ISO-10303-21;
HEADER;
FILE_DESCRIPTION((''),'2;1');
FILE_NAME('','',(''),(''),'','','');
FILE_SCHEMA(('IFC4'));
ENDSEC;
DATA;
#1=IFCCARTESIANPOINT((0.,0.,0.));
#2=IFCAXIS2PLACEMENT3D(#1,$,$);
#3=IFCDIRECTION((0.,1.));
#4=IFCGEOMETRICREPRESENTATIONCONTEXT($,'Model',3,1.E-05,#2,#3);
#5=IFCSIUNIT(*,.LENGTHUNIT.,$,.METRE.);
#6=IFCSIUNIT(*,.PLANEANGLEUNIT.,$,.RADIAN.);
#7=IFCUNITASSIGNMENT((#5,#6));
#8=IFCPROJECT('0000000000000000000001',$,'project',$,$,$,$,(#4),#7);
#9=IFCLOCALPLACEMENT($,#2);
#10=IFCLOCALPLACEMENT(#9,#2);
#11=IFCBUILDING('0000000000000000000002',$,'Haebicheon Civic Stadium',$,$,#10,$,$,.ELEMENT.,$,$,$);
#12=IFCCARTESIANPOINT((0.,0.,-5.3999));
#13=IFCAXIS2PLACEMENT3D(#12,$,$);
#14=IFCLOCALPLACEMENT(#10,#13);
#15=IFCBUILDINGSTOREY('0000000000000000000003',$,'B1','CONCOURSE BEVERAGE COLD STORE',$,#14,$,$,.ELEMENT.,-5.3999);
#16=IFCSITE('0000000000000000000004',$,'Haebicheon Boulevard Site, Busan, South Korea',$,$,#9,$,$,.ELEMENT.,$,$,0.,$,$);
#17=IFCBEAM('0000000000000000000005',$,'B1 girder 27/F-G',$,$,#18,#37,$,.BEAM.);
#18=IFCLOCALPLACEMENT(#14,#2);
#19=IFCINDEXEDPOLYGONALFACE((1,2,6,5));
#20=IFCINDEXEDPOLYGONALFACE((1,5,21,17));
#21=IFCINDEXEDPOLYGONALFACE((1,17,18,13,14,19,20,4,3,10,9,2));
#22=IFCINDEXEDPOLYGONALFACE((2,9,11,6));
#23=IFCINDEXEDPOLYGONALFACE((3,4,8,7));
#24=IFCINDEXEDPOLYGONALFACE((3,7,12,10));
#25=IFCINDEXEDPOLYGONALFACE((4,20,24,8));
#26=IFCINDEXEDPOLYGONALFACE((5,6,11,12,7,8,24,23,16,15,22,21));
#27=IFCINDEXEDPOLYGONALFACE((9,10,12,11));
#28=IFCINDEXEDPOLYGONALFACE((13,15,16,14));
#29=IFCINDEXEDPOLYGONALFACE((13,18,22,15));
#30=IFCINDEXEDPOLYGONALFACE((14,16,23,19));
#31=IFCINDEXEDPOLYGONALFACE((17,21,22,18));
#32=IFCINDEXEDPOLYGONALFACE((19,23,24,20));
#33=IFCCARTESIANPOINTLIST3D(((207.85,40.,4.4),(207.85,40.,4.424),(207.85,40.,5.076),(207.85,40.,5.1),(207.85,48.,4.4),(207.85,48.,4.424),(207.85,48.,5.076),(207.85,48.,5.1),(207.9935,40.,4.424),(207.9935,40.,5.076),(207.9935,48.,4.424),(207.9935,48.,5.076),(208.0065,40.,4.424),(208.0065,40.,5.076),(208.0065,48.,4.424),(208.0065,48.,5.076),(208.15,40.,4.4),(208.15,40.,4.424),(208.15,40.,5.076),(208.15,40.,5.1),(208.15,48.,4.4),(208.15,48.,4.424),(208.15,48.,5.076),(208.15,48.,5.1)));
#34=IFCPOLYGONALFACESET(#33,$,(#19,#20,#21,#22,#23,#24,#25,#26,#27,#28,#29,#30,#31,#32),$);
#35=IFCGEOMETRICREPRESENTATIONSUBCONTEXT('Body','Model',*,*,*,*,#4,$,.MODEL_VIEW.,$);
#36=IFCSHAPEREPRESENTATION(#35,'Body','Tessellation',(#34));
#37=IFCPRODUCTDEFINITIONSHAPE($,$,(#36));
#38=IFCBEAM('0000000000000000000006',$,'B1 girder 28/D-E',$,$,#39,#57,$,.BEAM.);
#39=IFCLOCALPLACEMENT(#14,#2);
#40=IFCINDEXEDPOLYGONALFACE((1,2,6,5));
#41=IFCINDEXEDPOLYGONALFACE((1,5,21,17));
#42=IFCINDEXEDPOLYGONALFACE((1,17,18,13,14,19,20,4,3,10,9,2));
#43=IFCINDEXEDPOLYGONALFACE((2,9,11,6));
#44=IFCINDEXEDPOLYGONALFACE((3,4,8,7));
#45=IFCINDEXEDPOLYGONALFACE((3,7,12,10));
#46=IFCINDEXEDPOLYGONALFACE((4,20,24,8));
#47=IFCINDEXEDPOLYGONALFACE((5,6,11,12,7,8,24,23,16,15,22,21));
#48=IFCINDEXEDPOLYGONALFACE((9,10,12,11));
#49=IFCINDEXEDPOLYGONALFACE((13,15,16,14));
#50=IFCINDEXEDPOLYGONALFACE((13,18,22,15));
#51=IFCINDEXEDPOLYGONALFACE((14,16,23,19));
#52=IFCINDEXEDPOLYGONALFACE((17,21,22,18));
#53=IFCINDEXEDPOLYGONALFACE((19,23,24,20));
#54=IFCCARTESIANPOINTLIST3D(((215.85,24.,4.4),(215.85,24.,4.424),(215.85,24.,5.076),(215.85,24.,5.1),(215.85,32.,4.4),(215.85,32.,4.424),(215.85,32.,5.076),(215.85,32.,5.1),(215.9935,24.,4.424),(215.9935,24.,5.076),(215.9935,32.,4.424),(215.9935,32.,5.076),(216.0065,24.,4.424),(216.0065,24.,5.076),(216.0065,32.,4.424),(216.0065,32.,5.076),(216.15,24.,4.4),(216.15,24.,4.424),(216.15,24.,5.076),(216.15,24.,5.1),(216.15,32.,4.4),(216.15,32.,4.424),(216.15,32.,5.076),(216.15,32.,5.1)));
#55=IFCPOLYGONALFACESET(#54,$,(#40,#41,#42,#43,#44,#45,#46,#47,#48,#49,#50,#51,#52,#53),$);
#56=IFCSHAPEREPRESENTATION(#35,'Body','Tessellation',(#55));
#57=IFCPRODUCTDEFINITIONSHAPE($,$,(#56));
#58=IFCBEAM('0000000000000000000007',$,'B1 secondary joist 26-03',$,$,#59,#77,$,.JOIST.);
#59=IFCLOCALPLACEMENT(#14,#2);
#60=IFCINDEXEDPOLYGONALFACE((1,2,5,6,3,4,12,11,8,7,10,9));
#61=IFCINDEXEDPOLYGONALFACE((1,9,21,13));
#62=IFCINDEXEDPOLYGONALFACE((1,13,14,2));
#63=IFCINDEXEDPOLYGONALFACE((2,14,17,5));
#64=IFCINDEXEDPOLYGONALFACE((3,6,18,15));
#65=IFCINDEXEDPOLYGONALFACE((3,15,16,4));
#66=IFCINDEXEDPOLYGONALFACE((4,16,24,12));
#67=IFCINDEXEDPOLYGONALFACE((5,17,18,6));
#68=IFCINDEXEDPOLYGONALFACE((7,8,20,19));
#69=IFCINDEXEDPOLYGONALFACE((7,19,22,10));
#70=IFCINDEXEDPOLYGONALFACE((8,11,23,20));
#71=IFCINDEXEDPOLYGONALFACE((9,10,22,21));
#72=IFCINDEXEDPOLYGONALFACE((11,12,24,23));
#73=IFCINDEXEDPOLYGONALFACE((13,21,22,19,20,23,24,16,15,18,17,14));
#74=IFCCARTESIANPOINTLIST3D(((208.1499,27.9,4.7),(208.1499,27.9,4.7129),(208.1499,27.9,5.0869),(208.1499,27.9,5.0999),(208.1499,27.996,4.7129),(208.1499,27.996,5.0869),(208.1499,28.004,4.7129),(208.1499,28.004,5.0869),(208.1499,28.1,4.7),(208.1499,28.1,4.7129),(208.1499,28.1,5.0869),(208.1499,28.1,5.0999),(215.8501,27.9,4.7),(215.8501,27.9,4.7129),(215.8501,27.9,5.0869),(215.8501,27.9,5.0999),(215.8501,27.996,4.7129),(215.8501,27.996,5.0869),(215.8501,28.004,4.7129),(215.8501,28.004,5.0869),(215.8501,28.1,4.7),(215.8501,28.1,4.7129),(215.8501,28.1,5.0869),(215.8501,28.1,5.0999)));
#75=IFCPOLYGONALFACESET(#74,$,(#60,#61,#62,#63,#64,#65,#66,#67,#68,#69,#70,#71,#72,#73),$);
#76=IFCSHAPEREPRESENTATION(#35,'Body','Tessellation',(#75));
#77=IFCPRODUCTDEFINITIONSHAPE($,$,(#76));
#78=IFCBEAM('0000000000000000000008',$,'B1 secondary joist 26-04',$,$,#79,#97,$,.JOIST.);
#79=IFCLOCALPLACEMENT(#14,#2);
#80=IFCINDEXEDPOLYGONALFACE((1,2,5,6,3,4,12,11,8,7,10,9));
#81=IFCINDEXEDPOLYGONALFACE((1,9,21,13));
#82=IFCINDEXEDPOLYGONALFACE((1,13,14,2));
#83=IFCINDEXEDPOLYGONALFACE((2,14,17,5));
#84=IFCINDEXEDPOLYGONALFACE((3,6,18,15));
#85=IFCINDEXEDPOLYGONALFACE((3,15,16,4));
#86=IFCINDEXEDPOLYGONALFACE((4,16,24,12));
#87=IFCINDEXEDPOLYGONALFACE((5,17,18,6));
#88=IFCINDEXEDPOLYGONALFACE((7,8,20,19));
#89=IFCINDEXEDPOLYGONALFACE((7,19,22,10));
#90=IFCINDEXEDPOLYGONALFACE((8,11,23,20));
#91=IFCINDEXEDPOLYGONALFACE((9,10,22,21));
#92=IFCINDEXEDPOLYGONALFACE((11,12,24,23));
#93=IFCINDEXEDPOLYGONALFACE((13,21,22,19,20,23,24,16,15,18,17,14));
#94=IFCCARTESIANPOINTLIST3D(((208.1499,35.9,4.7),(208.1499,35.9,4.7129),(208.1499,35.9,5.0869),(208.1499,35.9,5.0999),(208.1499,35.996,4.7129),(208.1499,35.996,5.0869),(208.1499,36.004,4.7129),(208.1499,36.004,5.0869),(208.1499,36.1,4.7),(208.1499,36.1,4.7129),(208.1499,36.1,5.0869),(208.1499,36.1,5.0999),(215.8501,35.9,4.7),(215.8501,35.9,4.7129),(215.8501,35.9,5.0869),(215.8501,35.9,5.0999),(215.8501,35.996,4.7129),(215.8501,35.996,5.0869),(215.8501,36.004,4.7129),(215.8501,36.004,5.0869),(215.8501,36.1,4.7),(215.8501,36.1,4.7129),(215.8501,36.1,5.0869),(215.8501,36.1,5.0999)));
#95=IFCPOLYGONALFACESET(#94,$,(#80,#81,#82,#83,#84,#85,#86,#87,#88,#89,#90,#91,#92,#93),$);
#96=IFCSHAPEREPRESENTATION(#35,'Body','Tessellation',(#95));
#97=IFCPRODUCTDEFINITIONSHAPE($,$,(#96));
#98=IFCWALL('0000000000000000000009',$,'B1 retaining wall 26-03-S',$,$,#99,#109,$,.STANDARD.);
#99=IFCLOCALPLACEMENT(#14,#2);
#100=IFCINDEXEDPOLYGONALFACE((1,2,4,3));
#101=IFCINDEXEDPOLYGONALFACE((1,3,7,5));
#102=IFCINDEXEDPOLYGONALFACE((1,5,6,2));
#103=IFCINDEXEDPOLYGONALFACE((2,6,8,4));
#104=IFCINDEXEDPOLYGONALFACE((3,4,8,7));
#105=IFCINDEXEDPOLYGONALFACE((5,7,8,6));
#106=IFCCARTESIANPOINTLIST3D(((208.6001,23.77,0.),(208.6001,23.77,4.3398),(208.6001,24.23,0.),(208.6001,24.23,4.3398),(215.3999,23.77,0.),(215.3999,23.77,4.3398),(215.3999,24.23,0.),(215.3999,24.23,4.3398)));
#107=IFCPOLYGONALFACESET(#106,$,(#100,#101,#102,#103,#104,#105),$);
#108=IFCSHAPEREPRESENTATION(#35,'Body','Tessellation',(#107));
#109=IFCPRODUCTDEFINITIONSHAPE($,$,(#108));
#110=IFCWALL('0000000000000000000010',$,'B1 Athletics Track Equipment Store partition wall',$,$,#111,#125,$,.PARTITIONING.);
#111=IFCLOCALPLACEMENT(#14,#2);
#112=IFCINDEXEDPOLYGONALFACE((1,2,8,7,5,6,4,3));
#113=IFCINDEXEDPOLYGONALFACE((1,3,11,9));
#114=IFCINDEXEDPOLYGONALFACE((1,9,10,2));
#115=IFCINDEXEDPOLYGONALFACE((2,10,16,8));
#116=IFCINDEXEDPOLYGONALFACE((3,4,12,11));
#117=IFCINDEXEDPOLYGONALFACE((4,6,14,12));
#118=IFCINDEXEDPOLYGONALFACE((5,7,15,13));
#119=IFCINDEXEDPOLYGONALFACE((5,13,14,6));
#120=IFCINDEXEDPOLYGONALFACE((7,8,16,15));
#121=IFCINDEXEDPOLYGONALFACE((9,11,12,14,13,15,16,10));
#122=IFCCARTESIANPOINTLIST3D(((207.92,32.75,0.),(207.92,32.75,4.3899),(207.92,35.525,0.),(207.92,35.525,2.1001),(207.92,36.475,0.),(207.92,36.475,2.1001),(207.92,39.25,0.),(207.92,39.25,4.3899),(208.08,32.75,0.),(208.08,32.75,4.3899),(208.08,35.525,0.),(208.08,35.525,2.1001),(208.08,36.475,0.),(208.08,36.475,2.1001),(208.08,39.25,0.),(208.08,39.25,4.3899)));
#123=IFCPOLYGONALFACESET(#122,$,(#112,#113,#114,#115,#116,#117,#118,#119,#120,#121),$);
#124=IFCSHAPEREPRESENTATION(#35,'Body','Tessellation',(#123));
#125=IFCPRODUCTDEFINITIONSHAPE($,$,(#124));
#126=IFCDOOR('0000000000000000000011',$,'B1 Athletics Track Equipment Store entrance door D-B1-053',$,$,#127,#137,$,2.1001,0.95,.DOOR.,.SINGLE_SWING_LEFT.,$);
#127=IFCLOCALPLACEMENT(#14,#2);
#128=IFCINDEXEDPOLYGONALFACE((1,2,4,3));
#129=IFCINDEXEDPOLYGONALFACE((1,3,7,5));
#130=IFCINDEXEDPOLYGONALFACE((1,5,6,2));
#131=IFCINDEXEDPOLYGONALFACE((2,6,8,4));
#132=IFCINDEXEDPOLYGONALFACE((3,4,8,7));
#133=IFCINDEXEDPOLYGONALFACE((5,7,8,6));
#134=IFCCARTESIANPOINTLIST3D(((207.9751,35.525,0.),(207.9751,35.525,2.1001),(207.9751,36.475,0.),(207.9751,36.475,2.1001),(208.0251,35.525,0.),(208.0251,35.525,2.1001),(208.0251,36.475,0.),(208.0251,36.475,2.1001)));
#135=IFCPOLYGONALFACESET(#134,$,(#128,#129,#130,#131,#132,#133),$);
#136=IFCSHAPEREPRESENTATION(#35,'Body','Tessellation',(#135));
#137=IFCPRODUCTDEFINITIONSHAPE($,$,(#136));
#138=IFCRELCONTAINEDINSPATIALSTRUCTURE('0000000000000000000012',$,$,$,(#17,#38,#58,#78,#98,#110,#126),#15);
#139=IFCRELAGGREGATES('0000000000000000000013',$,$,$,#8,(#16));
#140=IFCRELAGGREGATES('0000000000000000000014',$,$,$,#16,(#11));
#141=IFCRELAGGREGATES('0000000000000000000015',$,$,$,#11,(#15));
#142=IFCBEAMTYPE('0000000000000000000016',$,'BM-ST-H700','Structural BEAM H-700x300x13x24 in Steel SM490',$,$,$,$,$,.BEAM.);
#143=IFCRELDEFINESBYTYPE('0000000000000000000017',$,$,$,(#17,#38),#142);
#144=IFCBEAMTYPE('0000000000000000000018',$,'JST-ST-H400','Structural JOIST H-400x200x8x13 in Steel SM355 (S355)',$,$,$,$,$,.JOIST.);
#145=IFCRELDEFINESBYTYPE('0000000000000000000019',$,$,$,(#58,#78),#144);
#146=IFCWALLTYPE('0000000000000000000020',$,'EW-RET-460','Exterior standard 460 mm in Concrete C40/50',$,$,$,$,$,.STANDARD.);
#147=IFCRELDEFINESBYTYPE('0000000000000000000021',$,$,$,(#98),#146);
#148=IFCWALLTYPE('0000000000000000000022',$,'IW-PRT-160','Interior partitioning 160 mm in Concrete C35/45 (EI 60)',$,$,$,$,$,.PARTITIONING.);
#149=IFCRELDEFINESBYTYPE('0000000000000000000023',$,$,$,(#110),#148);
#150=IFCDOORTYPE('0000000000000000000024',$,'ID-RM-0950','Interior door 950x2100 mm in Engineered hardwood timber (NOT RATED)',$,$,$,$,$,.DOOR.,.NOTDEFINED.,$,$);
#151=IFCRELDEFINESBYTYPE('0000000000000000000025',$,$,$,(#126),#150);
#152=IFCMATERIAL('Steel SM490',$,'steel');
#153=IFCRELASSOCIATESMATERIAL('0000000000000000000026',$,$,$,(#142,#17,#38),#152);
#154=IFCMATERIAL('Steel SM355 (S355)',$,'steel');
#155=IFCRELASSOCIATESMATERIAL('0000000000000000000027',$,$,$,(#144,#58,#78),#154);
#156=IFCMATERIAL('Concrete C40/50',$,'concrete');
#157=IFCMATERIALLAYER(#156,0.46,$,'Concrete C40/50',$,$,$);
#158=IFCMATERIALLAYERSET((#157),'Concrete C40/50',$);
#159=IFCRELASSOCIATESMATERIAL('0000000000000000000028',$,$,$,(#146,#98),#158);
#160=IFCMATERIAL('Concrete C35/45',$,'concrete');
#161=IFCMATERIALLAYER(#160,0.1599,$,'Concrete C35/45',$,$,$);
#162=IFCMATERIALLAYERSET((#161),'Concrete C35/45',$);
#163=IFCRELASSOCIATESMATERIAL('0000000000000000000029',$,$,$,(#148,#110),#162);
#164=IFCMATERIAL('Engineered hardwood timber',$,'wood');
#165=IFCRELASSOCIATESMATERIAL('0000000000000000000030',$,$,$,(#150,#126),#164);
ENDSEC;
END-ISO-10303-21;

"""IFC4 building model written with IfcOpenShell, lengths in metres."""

from ifc_helpers import new_model, si_unit, direction, frame, frame_2d, origin, origin_2d, place, context, subcontext, project, spatial, rectangle, i_section, extrude, material, layer, layer_set, material_profile, profile_set, type_object, element, fill, save


model = new_model("IFC4")

# Units and contexts
model_context = context("Model", 3, precision=1e-05, world=origin(), true_north=direction((0.0, 1.0)))
body_context = subcontext(model_context, "Body", "Model", "MODEL_VIEW")
ifc_project = project(units=[si_unit("LENGTHUNIT", "METRE"), si_unit("PLANEANGLEUNIT", "RADIAN")], contexts=[model_context])

# Site, building, storey
site_placement = place(None, origin())
site = spatial("IfcSite", under=ifc_project, at=site_placement, Name="Haebicheon Boulevard Site, Busan, South Korea", CompositionType="ELEMENT", RefElevation=0.0)
building_placement = place(site_placement, origin())
building = spatial("IfcBuilding", under=site, at=building_placement, Name="Haebicheon Civic Stadium", CompositionType="ELEMENT")
storey_placement = place(building_placement, frame((0.0, 0.0, -5.3999)))
storey = spatial("IfcBuildingStorey", under=building, at=storey_placement, Name="B1", Description="CONCOURSE BEVERAGE COLD STORE", CompositionType="ELEMENT", Elevation=-5.3999)

# Beams
ifc_material_1 = material(Name="Steel SM490", Category="steel")
ifc_material_profile_1 = material_profile(ifc_material_1, i_section(OverallWidth=0.3, OverallDepth=0.7, WebThickness=0.0129, FlangeThickness=0.0239, at=origin_2d()), Name="H-700x300x13x24")
ifc_profile_set_1 = profile_set([ifc_material_profile_1], Name="Steel SM490")
beam_type_1 = type_object("IfcBeamType", Name="BM-ST-H700", Description="Structural BEAM H-700x300x13x24 in Steel SM490", PredefinedType="BEAM", material=ifc_profile_set_1)
for number, where, z_axis, x_axis, name in (
    (1, (208.0, 40.0, 4.75), (0.0, 1.0, 0.0), (-1.0, 0.0, 0.0), "B1 girder 27/F-G"),
    (2, (216.0, 24.0, 4.75), (0.0, 1.0, 0.0), (-1.0, 0.0, 0.0), "B1 girder 28/D-E"),
):
    element("IfcBeam", number, at=place(storey_placement, frame(where, z_axis=z_axis, x_axis=x_axis)), inside=storey, type_object=beam_type_1, material=ifc_profile_set_1, Name=name, PredefinedType="BEAM", context=body_context, shape_type="SweptSolid", body=[
        extrude(i_section(OverallWidth=0.3, OverallDepth=0.7, WebThickness=0.0129, FlangeThickness=0.0239, at=origin_2d()), origin(), (0.0, 0.0, 1.0), 8.0),
    ])
ifc_material_2 = material(Name="Steel SM355 (S355)", Category="steel")
ifc_material_profile_2 = material_profile(ifc_material_2, i_section(OverallWidth=0.2, OverallDepth=0.3999, WebThickness=0.0081, FlangeThickness=0.0129, at=origin_2d()), Name="H-400x200x8x13")
ifc_profile_set_2 = profile_set([ifc_material_profile_2], Name="Steel SM355 (S355)")
beam_type_2 = type_object("IfcBeamType", Name="JST-ST-H400", Description="Structural JOIST H-400x200x8x13 in Steel SM355 (S355)", PredefinedType="JOIST", material=ifc_profile_set_2)
for number, where, z_axis, x_axis, name in (
    (3, (208.1499, 28.0, 4.8999), (1.0, 0.0, 0.0), (0.0, 1.0, 0.0), "B1 secondary joist 26-03"),
    (4, (208.1499, 36.0, 4.8999), (1.0, 0.0, 0.0), (0.0, 1.0, 0.0), "B1 secondary joist 26-04"),
):
    element("IfcBeam", number, at=place(storey_placement, frame(where, z_axis=z_axis, x_axis=x_axis)), inside=storey, type_object=beam_type_2, material=ifc_profile_set_2, Name=name, PredefinedType="JOIST", context=body_context, shape_type="SweptSolid", body=[
        extrude(i_section(OverallWidth=0.2, OverallDepth=0.3999, WebThickness=0.0081, FlangeThickness=0.0129, at=origin_2d()), origin(), (0.0, 0.0, 1.0), 7.7002),
    ])

# Wall
ifc_material_3 = material(Name="Concrete C40/50", Category="concrete")
ifc_layer_1 = layer(ifc_material_3, 0.46, Name="Concrete C40/50")
ifc_layer_set_1 = layer_set([ifc_layer_1], Name="Concrete C40/50")
wall_type_1 = type_object("IfcWallType", Name="EW-RET-460", Description="Exterior standard 460 mm in Concrete C40/50", PredefinedType="STANDARD", material=ifc_layer_set_1)
wall_1_placement = place(storey_placement, frame((208.6001, 24.0, 0.0), z_axis=(0.0, 0.0, 1.0), x_axis=(1.0, 0.0, 0.0)))
element("IfcWall", 5, at=wall_1_placement, inside=storey, type_object=wall_type_1, material=ifc_layer_set_1, Name="B1 retaining wall 26-03-S", PredefinedType="STANDARD", context=body_context, shape_type="SweptSolid", body=[
    extrude(rectangle(XDim=6.7998, YDim=0.46, at=frame_2d((3.3999, 0.0))), origin(), (0.0, 0.0, 1.0), 4.3398),
])

# Wall, opening, door
ifc_material_4 = material(Name="Concrete C35/45", Category="concrete")
ifc_layer_2 = layer(ifc_material_4, 0.1599, Name="Concrete C35/45")
ifc_layer_set_2 = layer_set([ifc_layer_2], Name="Concrete C35/45")
wall_type_2 = type_object("IfcWallType", Name="IW-PRT-160", Description="Interior partitioning 160 mm in Concrete C35/45 (EI 60)", PredefinedType="PARTITIONING", material=ifc_layer_set_2)
wall_2_placement = place(storey_placement, frame((208.0, 32.75, 0.0), z_axis=(0.0, 0.0, 1.0), x_axis=(0.0, 1.0, 0.0)))
wall_2 = element("IfcWall", 6, at=wall_2_placement, inside=storey, type_object=wall_type_2, material=ifc_layer_set_2, Name="B1 Athletics Track Equipment Store partition wall", PredefinedType="PARTITIONING", context=body_context, shape_type="SweptSolid", body=[
    extrude(rectangle(XDim=6.5, YDim=0.1599, at=frame_2d((3.25, 0.0))), origin(), (0.0, 0.0, 1.0), 4.3899),
])
opening_placement = place(wall_2_placement, frame((2.7749, 0.0, 0.0)))
opening = element("IfcOpeningElement", 7, at=opening_placement, cuts=wall_2, PredefinedType="OPENING", context=body_context, shape_type="SweptSolid", body=[
    extrude(rectangle(XDim=0.95, YDim=2.1001, at=frame_2d((0.4751, 1.05))), frame((0.0, 0.0898, 0.0), z_axis=(0.0, -1.0, 0.0), x_axis=(1.0, 0.0, 0.0)), (0.0, 0.0, 1.0), 0.1799),
])
ifc_material_5 = material(Name="Engineered hardwood timber", Category="wood")
door_type = type_object("IfcDoorType", Name="ID-RM-0950", Description="Interior door 950x2100 mm in Engineered hardwood timber (NOT RATED)", OperationType="NOTDEFINED", PredefinedType="DOOR", material=ifc_material_5)
door_placement = place(opening_placement, origin())
door = element("IfcDoor", 8, at=door_placement, inside=storey, type_object=door_type, material=ifc_material_5, Name="B1 Athletics Track Equipment Store entrance door D-B1-053", OperationType="SINGLE_SWING_LEFT", OverallHeight=2.1001, OverallWidth=0.95, PredefinedType="DOOR", context=body_context, shape_type="SweptSolid", body=[
    extrude(rectangle(XDim=0.95, YDim=2.1001, at=frame_2d((0.4751, 1.05))), frame((0.0, 0.0249, 0.0), z_axis=(0.0, -1.0, 0.0), x_axis=(1.0, 0.0, 0.0)), (0.0, 0.0, 1.0), 0.05),
])
fill(opening, door)

save(model, "model.ifc")
